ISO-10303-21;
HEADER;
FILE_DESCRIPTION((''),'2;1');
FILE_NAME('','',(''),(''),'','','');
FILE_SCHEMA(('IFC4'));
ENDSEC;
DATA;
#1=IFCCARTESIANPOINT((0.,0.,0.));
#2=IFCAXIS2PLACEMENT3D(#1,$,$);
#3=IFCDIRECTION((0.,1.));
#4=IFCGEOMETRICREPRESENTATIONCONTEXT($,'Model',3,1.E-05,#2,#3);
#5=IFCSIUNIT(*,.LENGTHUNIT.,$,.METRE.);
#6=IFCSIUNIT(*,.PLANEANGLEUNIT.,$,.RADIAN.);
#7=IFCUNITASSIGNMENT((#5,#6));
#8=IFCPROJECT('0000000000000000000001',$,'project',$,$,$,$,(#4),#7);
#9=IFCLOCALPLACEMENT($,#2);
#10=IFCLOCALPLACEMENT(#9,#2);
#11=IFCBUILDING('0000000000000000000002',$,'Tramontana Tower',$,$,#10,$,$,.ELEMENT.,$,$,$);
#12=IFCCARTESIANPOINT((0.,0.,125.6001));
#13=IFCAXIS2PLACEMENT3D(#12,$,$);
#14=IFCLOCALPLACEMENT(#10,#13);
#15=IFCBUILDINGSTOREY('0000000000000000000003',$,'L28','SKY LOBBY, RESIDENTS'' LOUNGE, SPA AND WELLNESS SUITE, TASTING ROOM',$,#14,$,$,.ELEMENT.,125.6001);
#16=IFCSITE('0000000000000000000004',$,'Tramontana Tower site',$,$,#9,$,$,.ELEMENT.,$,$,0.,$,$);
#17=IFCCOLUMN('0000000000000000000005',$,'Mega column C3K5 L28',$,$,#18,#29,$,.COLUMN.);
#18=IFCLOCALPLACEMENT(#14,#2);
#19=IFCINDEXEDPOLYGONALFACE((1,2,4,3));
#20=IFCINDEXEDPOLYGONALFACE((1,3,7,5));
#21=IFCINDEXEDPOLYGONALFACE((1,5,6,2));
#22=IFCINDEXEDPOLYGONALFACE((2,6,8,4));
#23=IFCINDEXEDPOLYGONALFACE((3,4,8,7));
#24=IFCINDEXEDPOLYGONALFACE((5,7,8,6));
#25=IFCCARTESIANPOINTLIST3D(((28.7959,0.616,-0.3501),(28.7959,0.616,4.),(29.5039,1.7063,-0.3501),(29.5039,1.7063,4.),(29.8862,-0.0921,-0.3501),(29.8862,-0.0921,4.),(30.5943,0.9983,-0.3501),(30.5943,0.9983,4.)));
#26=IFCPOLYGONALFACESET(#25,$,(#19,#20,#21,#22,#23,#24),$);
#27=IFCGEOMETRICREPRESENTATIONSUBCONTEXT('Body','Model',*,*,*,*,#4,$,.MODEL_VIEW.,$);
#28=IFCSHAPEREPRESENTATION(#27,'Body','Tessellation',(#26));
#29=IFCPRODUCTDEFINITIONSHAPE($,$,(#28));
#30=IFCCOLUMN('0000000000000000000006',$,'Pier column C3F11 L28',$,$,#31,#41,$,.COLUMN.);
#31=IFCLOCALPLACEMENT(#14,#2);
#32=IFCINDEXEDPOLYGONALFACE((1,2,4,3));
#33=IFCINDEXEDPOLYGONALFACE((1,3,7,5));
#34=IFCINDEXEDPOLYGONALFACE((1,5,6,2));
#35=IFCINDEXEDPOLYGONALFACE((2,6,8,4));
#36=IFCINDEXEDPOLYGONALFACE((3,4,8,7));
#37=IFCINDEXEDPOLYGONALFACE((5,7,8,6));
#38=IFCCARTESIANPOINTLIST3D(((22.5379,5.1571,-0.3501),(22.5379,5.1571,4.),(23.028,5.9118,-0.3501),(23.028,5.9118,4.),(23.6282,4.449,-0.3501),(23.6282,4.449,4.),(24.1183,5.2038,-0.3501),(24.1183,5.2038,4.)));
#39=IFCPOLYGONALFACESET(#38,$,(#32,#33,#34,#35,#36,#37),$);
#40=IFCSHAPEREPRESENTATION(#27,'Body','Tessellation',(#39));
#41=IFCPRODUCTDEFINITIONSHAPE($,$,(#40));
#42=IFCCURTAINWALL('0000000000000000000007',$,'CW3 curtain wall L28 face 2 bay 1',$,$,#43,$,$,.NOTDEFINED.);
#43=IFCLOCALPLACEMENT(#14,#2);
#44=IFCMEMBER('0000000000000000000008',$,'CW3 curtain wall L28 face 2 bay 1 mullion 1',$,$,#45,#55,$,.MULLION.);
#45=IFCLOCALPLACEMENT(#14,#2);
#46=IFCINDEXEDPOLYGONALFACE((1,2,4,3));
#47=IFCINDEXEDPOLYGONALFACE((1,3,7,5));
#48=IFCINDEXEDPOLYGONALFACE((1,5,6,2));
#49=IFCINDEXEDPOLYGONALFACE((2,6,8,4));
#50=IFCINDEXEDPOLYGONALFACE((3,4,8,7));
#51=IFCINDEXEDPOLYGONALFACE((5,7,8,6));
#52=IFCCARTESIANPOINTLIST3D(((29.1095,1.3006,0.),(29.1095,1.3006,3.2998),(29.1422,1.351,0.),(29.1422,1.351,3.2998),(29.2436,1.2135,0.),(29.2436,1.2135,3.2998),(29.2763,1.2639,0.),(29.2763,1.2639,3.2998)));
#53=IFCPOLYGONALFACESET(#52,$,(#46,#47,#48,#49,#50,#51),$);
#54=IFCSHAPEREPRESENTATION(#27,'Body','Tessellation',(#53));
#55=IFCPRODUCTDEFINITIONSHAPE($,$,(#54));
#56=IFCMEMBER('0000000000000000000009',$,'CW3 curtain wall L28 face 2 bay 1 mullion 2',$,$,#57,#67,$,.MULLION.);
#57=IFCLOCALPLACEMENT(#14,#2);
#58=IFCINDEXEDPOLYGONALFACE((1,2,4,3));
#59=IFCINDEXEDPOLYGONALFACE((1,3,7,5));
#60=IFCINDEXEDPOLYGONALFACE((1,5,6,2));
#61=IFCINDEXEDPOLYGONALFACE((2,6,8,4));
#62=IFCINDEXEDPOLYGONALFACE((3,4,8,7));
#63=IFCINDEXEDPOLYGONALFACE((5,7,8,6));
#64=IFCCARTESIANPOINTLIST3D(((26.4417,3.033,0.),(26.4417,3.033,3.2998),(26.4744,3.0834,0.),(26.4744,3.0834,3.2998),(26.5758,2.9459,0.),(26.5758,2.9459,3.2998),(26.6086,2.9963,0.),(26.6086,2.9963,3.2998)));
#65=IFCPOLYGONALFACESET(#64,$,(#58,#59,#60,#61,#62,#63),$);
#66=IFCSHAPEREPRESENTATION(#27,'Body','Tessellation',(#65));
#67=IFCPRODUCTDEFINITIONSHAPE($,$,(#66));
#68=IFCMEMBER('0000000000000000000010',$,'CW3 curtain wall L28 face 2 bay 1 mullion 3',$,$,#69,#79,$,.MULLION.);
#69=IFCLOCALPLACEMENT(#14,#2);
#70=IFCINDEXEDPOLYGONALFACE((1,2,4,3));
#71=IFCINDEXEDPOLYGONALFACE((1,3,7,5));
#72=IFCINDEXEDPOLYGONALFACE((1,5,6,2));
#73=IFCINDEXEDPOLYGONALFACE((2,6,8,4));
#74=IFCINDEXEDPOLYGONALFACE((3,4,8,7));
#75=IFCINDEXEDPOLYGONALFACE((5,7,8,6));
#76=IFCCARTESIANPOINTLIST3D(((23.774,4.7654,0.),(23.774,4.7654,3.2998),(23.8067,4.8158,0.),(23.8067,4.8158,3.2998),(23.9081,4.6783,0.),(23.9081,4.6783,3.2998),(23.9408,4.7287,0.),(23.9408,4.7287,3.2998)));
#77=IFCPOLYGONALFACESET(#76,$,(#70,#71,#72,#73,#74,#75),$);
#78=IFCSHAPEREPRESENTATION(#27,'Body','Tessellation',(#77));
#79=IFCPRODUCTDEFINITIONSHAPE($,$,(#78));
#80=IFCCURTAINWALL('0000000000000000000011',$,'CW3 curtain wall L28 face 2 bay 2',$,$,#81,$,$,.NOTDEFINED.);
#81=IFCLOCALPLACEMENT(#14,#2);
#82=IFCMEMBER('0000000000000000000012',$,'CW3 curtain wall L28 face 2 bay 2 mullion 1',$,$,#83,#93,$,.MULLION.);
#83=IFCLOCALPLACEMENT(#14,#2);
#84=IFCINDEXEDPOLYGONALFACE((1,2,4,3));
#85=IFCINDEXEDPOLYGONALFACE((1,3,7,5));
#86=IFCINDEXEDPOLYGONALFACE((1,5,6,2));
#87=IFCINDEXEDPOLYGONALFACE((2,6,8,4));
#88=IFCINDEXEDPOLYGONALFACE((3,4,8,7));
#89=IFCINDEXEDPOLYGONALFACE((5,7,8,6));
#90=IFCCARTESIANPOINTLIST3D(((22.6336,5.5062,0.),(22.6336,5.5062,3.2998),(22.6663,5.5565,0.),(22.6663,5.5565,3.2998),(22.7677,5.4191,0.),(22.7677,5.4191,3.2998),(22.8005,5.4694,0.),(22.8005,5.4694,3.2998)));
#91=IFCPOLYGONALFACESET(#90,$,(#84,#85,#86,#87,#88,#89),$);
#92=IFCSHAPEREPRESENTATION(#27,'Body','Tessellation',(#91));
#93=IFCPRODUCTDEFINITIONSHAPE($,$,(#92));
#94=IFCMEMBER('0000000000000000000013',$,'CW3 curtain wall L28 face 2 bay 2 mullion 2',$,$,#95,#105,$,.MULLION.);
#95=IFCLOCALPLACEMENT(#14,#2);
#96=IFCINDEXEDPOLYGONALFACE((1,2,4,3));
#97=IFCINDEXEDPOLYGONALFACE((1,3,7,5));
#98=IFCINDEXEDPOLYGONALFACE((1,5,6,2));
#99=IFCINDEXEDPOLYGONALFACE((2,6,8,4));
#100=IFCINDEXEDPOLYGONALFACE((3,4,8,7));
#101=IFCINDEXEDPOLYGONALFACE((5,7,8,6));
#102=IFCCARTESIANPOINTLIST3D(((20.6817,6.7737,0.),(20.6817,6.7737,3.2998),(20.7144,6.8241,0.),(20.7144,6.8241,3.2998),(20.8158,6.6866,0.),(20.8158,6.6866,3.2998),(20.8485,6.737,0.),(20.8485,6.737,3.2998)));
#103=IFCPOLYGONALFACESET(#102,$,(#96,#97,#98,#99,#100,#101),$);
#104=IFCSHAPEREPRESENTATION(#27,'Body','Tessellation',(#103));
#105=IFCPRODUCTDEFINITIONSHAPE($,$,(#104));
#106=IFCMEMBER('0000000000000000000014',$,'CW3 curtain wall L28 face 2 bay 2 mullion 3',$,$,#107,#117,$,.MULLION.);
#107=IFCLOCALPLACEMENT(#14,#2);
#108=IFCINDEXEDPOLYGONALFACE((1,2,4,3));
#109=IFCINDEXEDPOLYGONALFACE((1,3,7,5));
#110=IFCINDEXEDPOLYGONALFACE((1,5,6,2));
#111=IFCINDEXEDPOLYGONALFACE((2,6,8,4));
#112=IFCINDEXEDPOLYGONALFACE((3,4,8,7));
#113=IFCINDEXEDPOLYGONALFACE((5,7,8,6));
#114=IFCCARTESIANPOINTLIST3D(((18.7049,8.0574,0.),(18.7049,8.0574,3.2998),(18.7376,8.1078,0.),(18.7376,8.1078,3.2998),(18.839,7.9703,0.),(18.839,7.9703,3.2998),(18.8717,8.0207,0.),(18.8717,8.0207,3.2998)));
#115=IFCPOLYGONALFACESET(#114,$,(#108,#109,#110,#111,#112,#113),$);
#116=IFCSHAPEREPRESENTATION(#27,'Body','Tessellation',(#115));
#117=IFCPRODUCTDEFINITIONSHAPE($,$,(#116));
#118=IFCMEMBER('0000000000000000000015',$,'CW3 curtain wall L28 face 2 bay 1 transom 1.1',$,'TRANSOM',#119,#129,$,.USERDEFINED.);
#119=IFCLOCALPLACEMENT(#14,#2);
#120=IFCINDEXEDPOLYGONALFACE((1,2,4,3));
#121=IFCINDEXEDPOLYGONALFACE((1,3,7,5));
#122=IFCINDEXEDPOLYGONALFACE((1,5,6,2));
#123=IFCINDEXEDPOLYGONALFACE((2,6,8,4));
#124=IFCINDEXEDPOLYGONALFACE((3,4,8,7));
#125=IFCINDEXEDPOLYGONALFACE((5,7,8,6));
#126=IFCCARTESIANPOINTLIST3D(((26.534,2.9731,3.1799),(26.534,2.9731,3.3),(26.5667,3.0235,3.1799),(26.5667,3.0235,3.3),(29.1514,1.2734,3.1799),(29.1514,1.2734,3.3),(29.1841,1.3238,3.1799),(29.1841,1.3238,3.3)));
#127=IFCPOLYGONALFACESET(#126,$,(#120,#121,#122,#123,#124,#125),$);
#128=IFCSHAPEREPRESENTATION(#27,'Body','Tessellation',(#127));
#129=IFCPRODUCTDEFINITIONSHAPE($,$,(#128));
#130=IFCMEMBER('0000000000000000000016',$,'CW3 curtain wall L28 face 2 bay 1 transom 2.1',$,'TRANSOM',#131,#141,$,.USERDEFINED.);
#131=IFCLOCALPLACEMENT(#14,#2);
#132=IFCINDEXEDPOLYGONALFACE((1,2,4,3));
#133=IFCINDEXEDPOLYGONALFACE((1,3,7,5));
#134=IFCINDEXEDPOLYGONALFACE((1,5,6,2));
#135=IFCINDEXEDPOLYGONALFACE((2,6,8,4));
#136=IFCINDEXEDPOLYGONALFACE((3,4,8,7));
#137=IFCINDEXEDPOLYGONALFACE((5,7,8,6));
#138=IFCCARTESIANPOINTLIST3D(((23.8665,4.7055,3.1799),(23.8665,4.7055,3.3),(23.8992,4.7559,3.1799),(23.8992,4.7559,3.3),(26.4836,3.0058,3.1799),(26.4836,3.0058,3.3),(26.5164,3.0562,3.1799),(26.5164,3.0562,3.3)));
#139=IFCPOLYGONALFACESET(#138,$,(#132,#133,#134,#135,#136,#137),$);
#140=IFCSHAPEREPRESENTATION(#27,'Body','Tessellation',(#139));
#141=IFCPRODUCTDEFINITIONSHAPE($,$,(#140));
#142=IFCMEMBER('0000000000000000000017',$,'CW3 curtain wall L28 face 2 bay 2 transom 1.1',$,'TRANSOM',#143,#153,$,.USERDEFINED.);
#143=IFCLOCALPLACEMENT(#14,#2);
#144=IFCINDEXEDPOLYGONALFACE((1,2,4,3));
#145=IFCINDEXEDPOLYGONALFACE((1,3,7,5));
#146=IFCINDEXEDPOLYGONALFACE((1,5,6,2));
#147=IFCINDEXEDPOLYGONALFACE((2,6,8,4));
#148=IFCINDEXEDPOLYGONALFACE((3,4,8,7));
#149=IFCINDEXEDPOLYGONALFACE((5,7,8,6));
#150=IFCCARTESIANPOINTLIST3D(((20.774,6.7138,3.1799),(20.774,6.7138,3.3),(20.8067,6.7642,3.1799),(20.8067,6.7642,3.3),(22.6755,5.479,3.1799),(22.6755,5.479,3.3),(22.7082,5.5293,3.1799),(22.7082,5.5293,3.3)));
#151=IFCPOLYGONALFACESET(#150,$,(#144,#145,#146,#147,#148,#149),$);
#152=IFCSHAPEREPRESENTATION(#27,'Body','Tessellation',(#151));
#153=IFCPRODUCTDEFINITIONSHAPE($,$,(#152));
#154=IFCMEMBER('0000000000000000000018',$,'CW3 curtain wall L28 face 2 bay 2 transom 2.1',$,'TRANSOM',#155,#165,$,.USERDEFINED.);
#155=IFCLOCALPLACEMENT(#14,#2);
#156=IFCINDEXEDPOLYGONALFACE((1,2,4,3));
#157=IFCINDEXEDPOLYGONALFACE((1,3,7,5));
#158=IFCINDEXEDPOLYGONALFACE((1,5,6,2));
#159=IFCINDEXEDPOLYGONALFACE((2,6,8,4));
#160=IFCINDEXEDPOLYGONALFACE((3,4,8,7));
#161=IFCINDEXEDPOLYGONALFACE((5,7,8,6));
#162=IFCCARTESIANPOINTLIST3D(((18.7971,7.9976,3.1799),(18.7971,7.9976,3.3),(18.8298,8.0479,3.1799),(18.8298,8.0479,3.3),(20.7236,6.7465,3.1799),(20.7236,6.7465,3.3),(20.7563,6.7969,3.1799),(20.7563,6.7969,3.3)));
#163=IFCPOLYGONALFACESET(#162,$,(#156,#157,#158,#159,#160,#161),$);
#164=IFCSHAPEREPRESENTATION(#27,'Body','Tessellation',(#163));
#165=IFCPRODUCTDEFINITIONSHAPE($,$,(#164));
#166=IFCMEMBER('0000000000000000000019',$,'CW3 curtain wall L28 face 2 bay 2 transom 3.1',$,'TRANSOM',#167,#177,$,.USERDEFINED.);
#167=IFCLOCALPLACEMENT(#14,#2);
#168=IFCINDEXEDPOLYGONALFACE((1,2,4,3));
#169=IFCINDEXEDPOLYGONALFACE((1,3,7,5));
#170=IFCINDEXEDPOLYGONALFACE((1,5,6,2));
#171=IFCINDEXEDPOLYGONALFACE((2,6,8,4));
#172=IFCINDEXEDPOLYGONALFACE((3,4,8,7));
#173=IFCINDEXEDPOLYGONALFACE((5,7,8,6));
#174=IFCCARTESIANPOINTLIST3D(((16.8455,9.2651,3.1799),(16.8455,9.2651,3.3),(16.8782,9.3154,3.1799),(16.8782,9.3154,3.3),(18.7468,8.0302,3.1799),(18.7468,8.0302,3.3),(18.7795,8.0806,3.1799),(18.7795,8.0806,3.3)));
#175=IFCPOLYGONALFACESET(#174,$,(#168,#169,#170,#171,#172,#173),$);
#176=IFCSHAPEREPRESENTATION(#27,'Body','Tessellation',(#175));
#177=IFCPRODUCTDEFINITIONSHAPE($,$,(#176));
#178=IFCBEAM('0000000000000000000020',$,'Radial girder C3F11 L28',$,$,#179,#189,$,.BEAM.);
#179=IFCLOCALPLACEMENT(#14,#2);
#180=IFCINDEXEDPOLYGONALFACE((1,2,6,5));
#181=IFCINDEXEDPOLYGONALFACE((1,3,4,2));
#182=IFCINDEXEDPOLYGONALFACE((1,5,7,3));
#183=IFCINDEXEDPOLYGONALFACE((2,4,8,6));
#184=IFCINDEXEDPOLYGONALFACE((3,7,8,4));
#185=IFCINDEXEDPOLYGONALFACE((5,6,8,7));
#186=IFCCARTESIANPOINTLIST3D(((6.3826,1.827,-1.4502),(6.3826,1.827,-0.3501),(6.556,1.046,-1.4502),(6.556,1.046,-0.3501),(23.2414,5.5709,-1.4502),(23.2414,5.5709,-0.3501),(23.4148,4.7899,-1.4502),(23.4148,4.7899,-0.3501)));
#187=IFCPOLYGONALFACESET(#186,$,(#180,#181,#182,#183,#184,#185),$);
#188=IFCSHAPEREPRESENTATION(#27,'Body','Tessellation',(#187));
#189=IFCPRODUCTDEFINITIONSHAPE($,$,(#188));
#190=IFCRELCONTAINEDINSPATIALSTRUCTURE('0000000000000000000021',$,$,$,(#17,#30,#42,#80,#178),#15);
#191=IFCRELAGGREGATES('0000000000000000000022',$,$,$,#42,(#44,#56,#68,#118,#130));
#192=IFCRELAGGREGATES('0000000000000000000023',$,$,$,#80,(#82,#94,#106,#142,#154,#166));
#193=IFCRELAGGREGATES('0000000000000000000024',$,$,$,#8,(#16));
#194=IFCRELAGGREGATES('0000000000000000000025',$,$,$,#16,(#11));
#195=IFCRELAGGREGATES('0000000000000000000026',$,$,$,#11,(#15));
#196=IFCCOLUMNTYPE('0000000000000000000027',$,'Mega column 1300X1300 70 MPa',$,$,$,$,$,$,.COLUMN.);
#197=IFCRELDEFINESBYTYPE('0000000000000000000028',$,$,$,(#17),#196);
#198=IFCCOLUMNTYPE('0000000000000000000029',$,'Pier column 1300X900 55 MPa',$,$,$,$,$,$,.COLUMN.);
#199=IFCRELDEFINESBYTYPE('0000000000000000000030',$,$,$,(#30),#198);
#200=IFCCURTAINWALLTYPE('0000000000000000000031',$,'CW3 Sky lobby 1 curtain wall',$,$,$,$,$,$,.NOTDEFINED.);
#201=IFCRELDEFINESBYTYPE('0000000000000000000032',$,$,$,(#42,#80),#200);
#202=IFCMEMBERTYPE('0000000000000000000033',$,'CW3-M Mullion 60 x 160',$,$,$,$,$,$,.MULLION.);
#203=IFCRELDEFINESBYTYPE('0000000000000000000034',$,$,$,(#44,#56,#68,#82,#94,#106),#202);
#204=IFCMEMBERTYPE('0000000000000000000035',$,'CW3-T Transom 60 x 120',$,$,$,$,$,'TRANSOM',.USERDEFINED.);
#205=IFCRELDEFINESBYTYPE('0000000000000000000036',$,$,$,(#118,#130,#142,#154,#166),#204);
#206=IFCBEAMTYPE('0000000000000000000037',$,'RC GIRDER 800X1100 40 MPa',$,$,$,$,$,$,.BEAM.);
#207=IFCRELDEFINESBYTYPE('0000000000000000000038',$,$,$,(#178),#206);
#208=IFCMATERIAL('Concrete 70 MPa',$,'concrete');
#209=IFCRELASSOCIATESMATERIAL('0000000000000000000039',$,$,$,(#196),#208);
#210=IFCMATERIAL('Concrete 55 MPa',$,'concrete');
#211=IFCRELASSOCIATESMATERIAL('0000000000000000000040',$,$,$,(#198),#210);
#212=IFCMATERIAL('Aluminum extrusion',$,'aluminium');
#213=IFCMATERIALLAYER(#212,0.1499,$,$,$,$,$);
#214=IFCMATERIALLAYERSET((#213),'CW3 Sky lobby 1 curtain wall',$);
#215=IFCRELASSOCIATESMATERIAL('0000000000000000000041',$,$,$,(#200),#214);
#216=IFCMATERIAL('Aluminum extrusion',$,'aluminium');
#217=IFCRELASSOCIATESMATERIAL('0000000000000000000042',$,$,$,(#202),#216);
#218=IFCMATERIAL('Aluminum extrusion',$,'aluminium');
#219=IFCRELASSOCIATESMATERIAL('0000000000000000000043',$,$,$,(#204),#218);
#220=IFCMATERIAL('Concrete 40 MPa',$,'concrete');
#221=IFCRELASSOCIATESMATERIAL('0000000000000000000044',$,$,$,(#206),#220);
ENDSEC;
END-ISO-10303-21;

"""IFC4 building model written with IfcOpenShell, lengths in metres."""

from ifc_helpers import new_model, si_unit, direction, frame, origin, origin_2d, place, context, subcontext, project, spatial, rectangle, extrude, material, layer, layer_set, material_profile, profile_set, type_object, element, aggregate, save


model = new_model("IFC4")

# Units and contexts
model_context = context("Model", 3, precision=1e-05, world=origin(), true_north=direction((0.0, 1.0)))
body_context = subcontext(model_context, "Body", "Model", "MODEL_VIEW")
ifc_project = project(units=[si_unit("LENGTHUNIT", "METRE"), si_unit("PLANEANGLEUNIT", "RADIAN")], contexts=[model_context])

# Site, building, storey
site_placement = place(None, origin())
site = spatial("IfcSite", under=ifc_project, at=site_placement, Name="Tramontana Tower site", CompositionType="ELEMENT", RefElevation=0.0)
building_placement = place(site_placement, origin())
building = spatial("IfcBuilding", under=site, at=building_placement, Name="Tramontana Tower", CompositionType="ELEMENT")
storey_placement = place(building_placement, frame((0.0, 0.0, 125.6001)))
storey = spatial("IfcBuildingStorey", under=building, at=storey_placement, Name="L28", Description="SKY LOBBY, RESIDENTS' LOUNGE, SPA AND WELLNESS SUITE, TASTING ROOM", CompositionType="ELEMENT", Elevation=125.6001)

# Columns
ifc_material_1 = material(Name="Concrete 70 MPa", Category="concrete")
ifc_material_profile_1 = material_profile(ifc_material_1, rectangle(XDim=1.3, YDim=1.3, at=origin_2d()), Name="Mega column 1300X1300 70 MPa")
ifc_profile_set_1 = profile_set([ifc_material_profile_1], Name="Concrete 70 MPa")
column_type_1 = type_object("IfcColumnType", Name="Mega column 1300X1300 70 MPa", PredefinedType="COLUMN", material=ifc_profile_set_1)
column_1_placement = place(storey_placement, frame((29.6951, 0.8071, -0.3501), z_axis=(0.0, 0.0, 1.0), x_axis=(-0.838671, 0.544639, 0.0)))
element("IfcColumn", 1, at=column_1_placement, inside=storey, type_object=column_type_1, Name="Mega column C3K5 L28", PredefinedType="COLUMN", context=body_context, shape_type="SweptSolid", body=[
    extrude(rectangle(XDim=1.3, YDim=1.3, at=origin_2d()), origin(), (0.0, 0.0, 1.0), 4.3501),
])
ifc_material_2 = material(Name="Concrete 55 MPa", Category="concrete")
ifc_material_profile_2 = material_profile(ifc_material_2, rectangle(XDim=1.3, YDim=0.8999, at=origin_2d()), Name="Pier column 1300X900 55 MPa")
ifc_profile_set_2 = profile_set([ifc_material_profile_2], Name="Concrete 55 MPa")
column_type_2 = type_object("IfcColumnType", Name="Pier column 1300X900 55 MPa", PredefinedType="COLUMN", material=ifc_profile_set_2)
column_2_placement = place(storey_placement, frame((23.3281, 5.1804, -0.3501), z_axis=(0.0, 0.0, 1.0), x_axis=(-0.838671, 0.544639, 0.0)))
element("IfcColumn", 2, at=column_2_placement, inside=storey, type_object=column_type_2, Name="Pier column C3F11 L28", PredefinedType="COLUMN", context=body_context, shape_type="SweptSolid", body=[
    extrude(rectangle(XDim=1.3, YDim=0.8999, at=origin_2d()), origin(), (0.0, 0.0, 1.0), 4.3501),
])

# Curtain walls, members
ifc_material_3 = material(Name="Aluminum extrusion", Category="aluminium")
ifc_layer_1 = layer(ifc_material_3, 0.1499)
ifc_layer_set_1 = layer_set([ifc_layer_1], Name="CW3 Sky lobby 1 curtain wall")
curtain_wall_type = type_object("IfcCurtainWallType", Name="CW3 Sky lobby 1 curtain wall", PredefinedType="NOTDEFINED", material=ifc_layer_set_1)
curtain_wall_1_placement = place(storey_placement, origin())
curtain_wall_1 = element("IfcCurtainWall", 3, at=curtain_wall_1_placement, inside=storey, type_object=curtain_wall_type, Name="CW3 curtain wall L28 face 2 bay 1", PredefinedType="NOTDEFINED")
ifc_material_4 = material(Name="Aluminum extrusion", Category="aluminium")
ifc_material_profile_3 = material_profile(ifc_material_4, rectangle(XDim=0.0601, YDim=0.1599, at=origin_2d()), Name="CW3-M Mullion 60 x 160")
ifc_profile_set_3 = profile_set([ifc_material_profile_3], Name="Aluminum extrusion")
member_type_1 = type_object("IfcMemberType", Name="CW3-M Mullion 60 x 160", PredefinedType="MULLION", material=ifc_profile_set_3)
member_1_placement = place(storey_placement, frame((29.1929, 1.2822, 0.0), z_axis=(0.0, 0.0, 1.0), x_axis=(-0.544639, -0.838671, 0.0)))
member_1 = element("IfcMember", 4, at=member_1_placement, type_object=member_type_1, Name="CW3 curtain wall L28 face 2 bay 1 mullion 1", PredefinedType="MULLION", context=body_context, shape_type="SweptSolid", body=[
    extrude(rectangle(XDim=0.0601, YDim=0.1599, at=origin_2d()), origin(), (0.0, 0.0, 1.0), 3.2998),
])
member_2_placement = place(storey_placement, frame((26.5251, 3.0146, 0.0), z_axis=(0.0, 0.0, 1.0), x_axis=(-0.544639, -0.838671, 0.0)))
member_2 = element("IfcMember", 5, at=member_2_placement, type_object=member_type_1, Name="CW3 curtain wall L28 face 2 bay 1 mullion 2", PredefinedType="MULLION", context=body_context, shape_type="SweptSolid", body=[
    extrude(rectangle(XDim=0.0601, YDim=0.1599, at=origin_2d()), origin(), (0.0, 0.0, 1.0), 3.2998),
])
member_3_placement = place(storey_placement, frame((23.8574, 4.7471, 0.0), z_axis=(0.0, 0.0, 1.0), x_axis=(-0.544639, -0.838671, 0.0)))
member_3 = element("IfcMember", 6, at=member_3_placement, type_object=member_type_1, Name="CW3 curtain wall L28 face 2 bay 1 mullion 3", PredefinedType="MULLION", context=body_context, shape_type="SweptSolid", body=[
    extrude(rectangle(XDim=0.0601, YDim=0.1599, at=origin_2d()), origin(), (0.0, 0.0, 1.0), 3.2998),
])
curtain_wall_2_placement = place(storey_placement, origin())
curtain_wall_2 = element("IfcCurtainWall", 7, at=curtain_wall_2_placement, inside=storey, type_object=curtain_wall_type, Name="CW3 curtain wall L28 face 2 bay 2", PredefinedType="NOTDEFINED")
member_4_placement = place(storey_placement, frame((22.717, 5.4878, 0.0), z_axis=(0.0, 0.0, 1.0), x_axis=(-0.544639, -0.838671, 0.0)))
member_4 = element("IfcMember", 8, at=member_4_placement, type_object=member_type_1, Name="CW3 curtain wall L28 face 2 bay 2 mullion 1", PredefinedType="MULLION", context=body_context, shape_type="SweptSolid", body=[
    extrude(rectangle(XDim=0.0601, YDim=0.1599, at=origin_2d()), origin(), (0.0, 0.0, 1.0), 3.2998),
])
member_5_placement = place(storey_placement, frame((20.7651, 6.7554, 0.0), z_axis=(0.0, 0.0, 1.0), x_axis=(-0.544639, -0.838671, 0.0)))
member_5 = element("IfcMember", 9, at=member_5_placement, type_object=member_type_1, Name="CW3 curtain wall L28 face 2 bay 2 mullion 2", PredefinedType="MULLION", context=body_context, shape_type="SweptSolid", body=[
    extrude(rectangle(XDim=0.0601, YDim=0.1599, at=origin_2d()), origin(), (0.0, 0.0, 1.0), 3.2998),
])
member_6_placement = place(storey_placement, frame((18.7883, 8.0391, 0.0), z_axis=(0.0, 0.0, 1.0), x_axis=(-0.544639, -0.838671, 0.0)))
member_6 = element("IfcMember", 10, at=member_6_placement, type_object=member_type_1, Name="CW3 curtain wall L28 face 2 bay 2 mullion 3", PredefinedType="MULLION", context=body_context, shape_type="SweptSolid", body=[
    extrude(rectangle(XDim=0.0601, YDim=0.1599, at=origin_2d()), origin(), (0.0, 0.0, 1.0), 3.2998),
])

# Members
ifc_material_5 = material(Name="Aluminum extrusion", Category="aluminium")
ifc_material_profile_4 = material_profile(ifc_material_5, rectangle(XDim=0.0601, YDim=0.1201, at=origin_2d()), Name="CW3-T Transom 60 x 120")
ifc_profile_set_4 = profile_set([ifc_material_profile_4], Name="Aluminum extrusion")
member_type_2 = type_object("IfcMemberType", Name="CW3-T Transom 60 x 120", ElementType="TRANSOM", PredefinedType="USERDEFINED", material=ifc_profile_set_4)
member_7_placement = place(storey_placement, frame((29.1677, 1.2986, 3.24), z_axis=(-0.838681, 0.544623, 0.0), x_axis=(-0.544623, -0.838681, 0.0)))
member_7 = element("IfcMember", 11, at=member_7_placement, type_object=member_type_2, Name="CW3 curtain wall L28 face 2 bay 1 transom 1.1", ObjectType="TRANSOM", PredefinedType="USERDEFINED", context=body_context, shape_type="SweptSolid", body=[
    extrude(rectangle(XDim=0.0601, YDim=0.1201, at=origin_2d()), origin(), (0.0, 0.0, 1.0), 3.1208),
])
member_8_placement = place(storey_placement, frame((26.5, 3.031, 3.24), z_axis=(-0.838658, 0.544658, 0.0), x_axis=(-0.544658, -0.838658, 0.0)))
member_8 = element("IfcMember", 12, at=member_8_placement, type_object=member_type_2, Name="CW3 curtain wall L28 face 2 bay 1 transom 2.1", ObjectType="TRANSOM", PredefinedType="USERDEFINED", context=body_context, shape_type="SweptSolid", body=[
    extrude(rectangle(XDim=0.0601, YDim=0.1201, at=origin_2d()), origin(), (0.0, 0.0, 1.0), 3.1206),
])
member_9_placement = place(storey_placement, frame((22.6919, 5.5042, 3.24), z_axis=(-0.838682, 0.544621, 0.0), x_axis=(-0.544621, -0.838682, 0.0)))
member_9 = element("IfcMember", 13, at=member_9_placement, type_object=member_type_2, Name="CW3 curtain wall L28 face 2 bay 2 transom 1.1", ObjectType="TRANSOM", PredefinedType="USERDEFINED", context=body_context, shape_type="SweptSolid", body=[
    extrude(rectangle(XDim=0.0601, YDim=0.1201, at=origin_2d()), origin(), (0.0, 0.0, 1.0), 2.2673),
])
member_10_placement = place(storey_placement, frame((20.74, 6.7717, 3.24), z_axis=(-0.838694, 0.544604, 0.0), x_axis=(-0.544604, -0.838694, 0.0)))
member_10 = element("IfcMember", 14, at=member_10_placement, type_object=member_type_2, Name="CW3 curtain wall L28 face 2 bay 2 transom 2.1", ObjectType="TRANSOM", PredefinedType="USERDEFINED", context=body_context, shape_type="SweptSolid", body=[
    extrude(rectangle(XDim=0.0601, YDim=0.1201, at=origin_2d()), origin(), (0.0, 0.0, 1.0), 2.2971),
])
member_11_placement = place(storey_placement, frame((18.7632, 8.0554, 3.24), z_axis=(-0.83865, 0.54467, 0.0), x_axis=(-0.54467, -0.83865, 0.0)))
member_11 = element("IfcMember", 15, at=member_11_placement, type_object=member_type_2, Name="CW3 curtain wall L28 face 2 bay 2 transom 3.1", ObjectType="TRANSOM", PredefinedType="USERDEFINED", context=body_context, shape_type="SweptSolid", body=[
    extrude(rectangle(XDim=0.0601, YDim=0.1201, at=origin_2d()), origin(), (0.0, 0.0, 1.0), 2.2671),
])

# Beam
ifc_material_6 = material(Name="Concrete 40 MPa", Category="concrete")
ifc_material_profile_5 = material_profile(ifc_material_6, rectangle(XDim=0.8, YDim=1.1001, at=origin_2d()), Name="RC GIRDER 800X1100 40 MPa")
ifc_profile_set_5 = profile_set([ifc_material_profile_5], Name="Concrete 40 MPa")
beam_type = type_object("IfcBeamType", Name="RC GIRDER 800X1100 40 MPa", PredefinedType="BEAM", material=ifc_profile_set_5)
beam_placement = place(storey_placement, frame((23.3281, 5.1804, -0.9001), z_axis=(-0.976218, -0.216791, 0.0), x_axis=(0.216791, -0.976218, 0.0)))
element("IfcBeam", 16, at=beam_placement, inside=storey, type_object=beam_type, Name="Radial girder C3F11 L28", PredefinedType="BEAM", context=body_context, shape_type="SweptSolid", body=[
    extrude(rectangle(XDim=0.8, YDim=1.1001, at=origin_2d()), origin(), (0.0, 0.0, 1.0), 17.2695),
])

aggregate(curtain_wall_1, [member_1, member_2, member_3, member_7, member_8])
aggregate(curtain_wall_2, [member_4, member_5, member_6, member_9, member_10, member_11])

save(model, "model.ifc")
